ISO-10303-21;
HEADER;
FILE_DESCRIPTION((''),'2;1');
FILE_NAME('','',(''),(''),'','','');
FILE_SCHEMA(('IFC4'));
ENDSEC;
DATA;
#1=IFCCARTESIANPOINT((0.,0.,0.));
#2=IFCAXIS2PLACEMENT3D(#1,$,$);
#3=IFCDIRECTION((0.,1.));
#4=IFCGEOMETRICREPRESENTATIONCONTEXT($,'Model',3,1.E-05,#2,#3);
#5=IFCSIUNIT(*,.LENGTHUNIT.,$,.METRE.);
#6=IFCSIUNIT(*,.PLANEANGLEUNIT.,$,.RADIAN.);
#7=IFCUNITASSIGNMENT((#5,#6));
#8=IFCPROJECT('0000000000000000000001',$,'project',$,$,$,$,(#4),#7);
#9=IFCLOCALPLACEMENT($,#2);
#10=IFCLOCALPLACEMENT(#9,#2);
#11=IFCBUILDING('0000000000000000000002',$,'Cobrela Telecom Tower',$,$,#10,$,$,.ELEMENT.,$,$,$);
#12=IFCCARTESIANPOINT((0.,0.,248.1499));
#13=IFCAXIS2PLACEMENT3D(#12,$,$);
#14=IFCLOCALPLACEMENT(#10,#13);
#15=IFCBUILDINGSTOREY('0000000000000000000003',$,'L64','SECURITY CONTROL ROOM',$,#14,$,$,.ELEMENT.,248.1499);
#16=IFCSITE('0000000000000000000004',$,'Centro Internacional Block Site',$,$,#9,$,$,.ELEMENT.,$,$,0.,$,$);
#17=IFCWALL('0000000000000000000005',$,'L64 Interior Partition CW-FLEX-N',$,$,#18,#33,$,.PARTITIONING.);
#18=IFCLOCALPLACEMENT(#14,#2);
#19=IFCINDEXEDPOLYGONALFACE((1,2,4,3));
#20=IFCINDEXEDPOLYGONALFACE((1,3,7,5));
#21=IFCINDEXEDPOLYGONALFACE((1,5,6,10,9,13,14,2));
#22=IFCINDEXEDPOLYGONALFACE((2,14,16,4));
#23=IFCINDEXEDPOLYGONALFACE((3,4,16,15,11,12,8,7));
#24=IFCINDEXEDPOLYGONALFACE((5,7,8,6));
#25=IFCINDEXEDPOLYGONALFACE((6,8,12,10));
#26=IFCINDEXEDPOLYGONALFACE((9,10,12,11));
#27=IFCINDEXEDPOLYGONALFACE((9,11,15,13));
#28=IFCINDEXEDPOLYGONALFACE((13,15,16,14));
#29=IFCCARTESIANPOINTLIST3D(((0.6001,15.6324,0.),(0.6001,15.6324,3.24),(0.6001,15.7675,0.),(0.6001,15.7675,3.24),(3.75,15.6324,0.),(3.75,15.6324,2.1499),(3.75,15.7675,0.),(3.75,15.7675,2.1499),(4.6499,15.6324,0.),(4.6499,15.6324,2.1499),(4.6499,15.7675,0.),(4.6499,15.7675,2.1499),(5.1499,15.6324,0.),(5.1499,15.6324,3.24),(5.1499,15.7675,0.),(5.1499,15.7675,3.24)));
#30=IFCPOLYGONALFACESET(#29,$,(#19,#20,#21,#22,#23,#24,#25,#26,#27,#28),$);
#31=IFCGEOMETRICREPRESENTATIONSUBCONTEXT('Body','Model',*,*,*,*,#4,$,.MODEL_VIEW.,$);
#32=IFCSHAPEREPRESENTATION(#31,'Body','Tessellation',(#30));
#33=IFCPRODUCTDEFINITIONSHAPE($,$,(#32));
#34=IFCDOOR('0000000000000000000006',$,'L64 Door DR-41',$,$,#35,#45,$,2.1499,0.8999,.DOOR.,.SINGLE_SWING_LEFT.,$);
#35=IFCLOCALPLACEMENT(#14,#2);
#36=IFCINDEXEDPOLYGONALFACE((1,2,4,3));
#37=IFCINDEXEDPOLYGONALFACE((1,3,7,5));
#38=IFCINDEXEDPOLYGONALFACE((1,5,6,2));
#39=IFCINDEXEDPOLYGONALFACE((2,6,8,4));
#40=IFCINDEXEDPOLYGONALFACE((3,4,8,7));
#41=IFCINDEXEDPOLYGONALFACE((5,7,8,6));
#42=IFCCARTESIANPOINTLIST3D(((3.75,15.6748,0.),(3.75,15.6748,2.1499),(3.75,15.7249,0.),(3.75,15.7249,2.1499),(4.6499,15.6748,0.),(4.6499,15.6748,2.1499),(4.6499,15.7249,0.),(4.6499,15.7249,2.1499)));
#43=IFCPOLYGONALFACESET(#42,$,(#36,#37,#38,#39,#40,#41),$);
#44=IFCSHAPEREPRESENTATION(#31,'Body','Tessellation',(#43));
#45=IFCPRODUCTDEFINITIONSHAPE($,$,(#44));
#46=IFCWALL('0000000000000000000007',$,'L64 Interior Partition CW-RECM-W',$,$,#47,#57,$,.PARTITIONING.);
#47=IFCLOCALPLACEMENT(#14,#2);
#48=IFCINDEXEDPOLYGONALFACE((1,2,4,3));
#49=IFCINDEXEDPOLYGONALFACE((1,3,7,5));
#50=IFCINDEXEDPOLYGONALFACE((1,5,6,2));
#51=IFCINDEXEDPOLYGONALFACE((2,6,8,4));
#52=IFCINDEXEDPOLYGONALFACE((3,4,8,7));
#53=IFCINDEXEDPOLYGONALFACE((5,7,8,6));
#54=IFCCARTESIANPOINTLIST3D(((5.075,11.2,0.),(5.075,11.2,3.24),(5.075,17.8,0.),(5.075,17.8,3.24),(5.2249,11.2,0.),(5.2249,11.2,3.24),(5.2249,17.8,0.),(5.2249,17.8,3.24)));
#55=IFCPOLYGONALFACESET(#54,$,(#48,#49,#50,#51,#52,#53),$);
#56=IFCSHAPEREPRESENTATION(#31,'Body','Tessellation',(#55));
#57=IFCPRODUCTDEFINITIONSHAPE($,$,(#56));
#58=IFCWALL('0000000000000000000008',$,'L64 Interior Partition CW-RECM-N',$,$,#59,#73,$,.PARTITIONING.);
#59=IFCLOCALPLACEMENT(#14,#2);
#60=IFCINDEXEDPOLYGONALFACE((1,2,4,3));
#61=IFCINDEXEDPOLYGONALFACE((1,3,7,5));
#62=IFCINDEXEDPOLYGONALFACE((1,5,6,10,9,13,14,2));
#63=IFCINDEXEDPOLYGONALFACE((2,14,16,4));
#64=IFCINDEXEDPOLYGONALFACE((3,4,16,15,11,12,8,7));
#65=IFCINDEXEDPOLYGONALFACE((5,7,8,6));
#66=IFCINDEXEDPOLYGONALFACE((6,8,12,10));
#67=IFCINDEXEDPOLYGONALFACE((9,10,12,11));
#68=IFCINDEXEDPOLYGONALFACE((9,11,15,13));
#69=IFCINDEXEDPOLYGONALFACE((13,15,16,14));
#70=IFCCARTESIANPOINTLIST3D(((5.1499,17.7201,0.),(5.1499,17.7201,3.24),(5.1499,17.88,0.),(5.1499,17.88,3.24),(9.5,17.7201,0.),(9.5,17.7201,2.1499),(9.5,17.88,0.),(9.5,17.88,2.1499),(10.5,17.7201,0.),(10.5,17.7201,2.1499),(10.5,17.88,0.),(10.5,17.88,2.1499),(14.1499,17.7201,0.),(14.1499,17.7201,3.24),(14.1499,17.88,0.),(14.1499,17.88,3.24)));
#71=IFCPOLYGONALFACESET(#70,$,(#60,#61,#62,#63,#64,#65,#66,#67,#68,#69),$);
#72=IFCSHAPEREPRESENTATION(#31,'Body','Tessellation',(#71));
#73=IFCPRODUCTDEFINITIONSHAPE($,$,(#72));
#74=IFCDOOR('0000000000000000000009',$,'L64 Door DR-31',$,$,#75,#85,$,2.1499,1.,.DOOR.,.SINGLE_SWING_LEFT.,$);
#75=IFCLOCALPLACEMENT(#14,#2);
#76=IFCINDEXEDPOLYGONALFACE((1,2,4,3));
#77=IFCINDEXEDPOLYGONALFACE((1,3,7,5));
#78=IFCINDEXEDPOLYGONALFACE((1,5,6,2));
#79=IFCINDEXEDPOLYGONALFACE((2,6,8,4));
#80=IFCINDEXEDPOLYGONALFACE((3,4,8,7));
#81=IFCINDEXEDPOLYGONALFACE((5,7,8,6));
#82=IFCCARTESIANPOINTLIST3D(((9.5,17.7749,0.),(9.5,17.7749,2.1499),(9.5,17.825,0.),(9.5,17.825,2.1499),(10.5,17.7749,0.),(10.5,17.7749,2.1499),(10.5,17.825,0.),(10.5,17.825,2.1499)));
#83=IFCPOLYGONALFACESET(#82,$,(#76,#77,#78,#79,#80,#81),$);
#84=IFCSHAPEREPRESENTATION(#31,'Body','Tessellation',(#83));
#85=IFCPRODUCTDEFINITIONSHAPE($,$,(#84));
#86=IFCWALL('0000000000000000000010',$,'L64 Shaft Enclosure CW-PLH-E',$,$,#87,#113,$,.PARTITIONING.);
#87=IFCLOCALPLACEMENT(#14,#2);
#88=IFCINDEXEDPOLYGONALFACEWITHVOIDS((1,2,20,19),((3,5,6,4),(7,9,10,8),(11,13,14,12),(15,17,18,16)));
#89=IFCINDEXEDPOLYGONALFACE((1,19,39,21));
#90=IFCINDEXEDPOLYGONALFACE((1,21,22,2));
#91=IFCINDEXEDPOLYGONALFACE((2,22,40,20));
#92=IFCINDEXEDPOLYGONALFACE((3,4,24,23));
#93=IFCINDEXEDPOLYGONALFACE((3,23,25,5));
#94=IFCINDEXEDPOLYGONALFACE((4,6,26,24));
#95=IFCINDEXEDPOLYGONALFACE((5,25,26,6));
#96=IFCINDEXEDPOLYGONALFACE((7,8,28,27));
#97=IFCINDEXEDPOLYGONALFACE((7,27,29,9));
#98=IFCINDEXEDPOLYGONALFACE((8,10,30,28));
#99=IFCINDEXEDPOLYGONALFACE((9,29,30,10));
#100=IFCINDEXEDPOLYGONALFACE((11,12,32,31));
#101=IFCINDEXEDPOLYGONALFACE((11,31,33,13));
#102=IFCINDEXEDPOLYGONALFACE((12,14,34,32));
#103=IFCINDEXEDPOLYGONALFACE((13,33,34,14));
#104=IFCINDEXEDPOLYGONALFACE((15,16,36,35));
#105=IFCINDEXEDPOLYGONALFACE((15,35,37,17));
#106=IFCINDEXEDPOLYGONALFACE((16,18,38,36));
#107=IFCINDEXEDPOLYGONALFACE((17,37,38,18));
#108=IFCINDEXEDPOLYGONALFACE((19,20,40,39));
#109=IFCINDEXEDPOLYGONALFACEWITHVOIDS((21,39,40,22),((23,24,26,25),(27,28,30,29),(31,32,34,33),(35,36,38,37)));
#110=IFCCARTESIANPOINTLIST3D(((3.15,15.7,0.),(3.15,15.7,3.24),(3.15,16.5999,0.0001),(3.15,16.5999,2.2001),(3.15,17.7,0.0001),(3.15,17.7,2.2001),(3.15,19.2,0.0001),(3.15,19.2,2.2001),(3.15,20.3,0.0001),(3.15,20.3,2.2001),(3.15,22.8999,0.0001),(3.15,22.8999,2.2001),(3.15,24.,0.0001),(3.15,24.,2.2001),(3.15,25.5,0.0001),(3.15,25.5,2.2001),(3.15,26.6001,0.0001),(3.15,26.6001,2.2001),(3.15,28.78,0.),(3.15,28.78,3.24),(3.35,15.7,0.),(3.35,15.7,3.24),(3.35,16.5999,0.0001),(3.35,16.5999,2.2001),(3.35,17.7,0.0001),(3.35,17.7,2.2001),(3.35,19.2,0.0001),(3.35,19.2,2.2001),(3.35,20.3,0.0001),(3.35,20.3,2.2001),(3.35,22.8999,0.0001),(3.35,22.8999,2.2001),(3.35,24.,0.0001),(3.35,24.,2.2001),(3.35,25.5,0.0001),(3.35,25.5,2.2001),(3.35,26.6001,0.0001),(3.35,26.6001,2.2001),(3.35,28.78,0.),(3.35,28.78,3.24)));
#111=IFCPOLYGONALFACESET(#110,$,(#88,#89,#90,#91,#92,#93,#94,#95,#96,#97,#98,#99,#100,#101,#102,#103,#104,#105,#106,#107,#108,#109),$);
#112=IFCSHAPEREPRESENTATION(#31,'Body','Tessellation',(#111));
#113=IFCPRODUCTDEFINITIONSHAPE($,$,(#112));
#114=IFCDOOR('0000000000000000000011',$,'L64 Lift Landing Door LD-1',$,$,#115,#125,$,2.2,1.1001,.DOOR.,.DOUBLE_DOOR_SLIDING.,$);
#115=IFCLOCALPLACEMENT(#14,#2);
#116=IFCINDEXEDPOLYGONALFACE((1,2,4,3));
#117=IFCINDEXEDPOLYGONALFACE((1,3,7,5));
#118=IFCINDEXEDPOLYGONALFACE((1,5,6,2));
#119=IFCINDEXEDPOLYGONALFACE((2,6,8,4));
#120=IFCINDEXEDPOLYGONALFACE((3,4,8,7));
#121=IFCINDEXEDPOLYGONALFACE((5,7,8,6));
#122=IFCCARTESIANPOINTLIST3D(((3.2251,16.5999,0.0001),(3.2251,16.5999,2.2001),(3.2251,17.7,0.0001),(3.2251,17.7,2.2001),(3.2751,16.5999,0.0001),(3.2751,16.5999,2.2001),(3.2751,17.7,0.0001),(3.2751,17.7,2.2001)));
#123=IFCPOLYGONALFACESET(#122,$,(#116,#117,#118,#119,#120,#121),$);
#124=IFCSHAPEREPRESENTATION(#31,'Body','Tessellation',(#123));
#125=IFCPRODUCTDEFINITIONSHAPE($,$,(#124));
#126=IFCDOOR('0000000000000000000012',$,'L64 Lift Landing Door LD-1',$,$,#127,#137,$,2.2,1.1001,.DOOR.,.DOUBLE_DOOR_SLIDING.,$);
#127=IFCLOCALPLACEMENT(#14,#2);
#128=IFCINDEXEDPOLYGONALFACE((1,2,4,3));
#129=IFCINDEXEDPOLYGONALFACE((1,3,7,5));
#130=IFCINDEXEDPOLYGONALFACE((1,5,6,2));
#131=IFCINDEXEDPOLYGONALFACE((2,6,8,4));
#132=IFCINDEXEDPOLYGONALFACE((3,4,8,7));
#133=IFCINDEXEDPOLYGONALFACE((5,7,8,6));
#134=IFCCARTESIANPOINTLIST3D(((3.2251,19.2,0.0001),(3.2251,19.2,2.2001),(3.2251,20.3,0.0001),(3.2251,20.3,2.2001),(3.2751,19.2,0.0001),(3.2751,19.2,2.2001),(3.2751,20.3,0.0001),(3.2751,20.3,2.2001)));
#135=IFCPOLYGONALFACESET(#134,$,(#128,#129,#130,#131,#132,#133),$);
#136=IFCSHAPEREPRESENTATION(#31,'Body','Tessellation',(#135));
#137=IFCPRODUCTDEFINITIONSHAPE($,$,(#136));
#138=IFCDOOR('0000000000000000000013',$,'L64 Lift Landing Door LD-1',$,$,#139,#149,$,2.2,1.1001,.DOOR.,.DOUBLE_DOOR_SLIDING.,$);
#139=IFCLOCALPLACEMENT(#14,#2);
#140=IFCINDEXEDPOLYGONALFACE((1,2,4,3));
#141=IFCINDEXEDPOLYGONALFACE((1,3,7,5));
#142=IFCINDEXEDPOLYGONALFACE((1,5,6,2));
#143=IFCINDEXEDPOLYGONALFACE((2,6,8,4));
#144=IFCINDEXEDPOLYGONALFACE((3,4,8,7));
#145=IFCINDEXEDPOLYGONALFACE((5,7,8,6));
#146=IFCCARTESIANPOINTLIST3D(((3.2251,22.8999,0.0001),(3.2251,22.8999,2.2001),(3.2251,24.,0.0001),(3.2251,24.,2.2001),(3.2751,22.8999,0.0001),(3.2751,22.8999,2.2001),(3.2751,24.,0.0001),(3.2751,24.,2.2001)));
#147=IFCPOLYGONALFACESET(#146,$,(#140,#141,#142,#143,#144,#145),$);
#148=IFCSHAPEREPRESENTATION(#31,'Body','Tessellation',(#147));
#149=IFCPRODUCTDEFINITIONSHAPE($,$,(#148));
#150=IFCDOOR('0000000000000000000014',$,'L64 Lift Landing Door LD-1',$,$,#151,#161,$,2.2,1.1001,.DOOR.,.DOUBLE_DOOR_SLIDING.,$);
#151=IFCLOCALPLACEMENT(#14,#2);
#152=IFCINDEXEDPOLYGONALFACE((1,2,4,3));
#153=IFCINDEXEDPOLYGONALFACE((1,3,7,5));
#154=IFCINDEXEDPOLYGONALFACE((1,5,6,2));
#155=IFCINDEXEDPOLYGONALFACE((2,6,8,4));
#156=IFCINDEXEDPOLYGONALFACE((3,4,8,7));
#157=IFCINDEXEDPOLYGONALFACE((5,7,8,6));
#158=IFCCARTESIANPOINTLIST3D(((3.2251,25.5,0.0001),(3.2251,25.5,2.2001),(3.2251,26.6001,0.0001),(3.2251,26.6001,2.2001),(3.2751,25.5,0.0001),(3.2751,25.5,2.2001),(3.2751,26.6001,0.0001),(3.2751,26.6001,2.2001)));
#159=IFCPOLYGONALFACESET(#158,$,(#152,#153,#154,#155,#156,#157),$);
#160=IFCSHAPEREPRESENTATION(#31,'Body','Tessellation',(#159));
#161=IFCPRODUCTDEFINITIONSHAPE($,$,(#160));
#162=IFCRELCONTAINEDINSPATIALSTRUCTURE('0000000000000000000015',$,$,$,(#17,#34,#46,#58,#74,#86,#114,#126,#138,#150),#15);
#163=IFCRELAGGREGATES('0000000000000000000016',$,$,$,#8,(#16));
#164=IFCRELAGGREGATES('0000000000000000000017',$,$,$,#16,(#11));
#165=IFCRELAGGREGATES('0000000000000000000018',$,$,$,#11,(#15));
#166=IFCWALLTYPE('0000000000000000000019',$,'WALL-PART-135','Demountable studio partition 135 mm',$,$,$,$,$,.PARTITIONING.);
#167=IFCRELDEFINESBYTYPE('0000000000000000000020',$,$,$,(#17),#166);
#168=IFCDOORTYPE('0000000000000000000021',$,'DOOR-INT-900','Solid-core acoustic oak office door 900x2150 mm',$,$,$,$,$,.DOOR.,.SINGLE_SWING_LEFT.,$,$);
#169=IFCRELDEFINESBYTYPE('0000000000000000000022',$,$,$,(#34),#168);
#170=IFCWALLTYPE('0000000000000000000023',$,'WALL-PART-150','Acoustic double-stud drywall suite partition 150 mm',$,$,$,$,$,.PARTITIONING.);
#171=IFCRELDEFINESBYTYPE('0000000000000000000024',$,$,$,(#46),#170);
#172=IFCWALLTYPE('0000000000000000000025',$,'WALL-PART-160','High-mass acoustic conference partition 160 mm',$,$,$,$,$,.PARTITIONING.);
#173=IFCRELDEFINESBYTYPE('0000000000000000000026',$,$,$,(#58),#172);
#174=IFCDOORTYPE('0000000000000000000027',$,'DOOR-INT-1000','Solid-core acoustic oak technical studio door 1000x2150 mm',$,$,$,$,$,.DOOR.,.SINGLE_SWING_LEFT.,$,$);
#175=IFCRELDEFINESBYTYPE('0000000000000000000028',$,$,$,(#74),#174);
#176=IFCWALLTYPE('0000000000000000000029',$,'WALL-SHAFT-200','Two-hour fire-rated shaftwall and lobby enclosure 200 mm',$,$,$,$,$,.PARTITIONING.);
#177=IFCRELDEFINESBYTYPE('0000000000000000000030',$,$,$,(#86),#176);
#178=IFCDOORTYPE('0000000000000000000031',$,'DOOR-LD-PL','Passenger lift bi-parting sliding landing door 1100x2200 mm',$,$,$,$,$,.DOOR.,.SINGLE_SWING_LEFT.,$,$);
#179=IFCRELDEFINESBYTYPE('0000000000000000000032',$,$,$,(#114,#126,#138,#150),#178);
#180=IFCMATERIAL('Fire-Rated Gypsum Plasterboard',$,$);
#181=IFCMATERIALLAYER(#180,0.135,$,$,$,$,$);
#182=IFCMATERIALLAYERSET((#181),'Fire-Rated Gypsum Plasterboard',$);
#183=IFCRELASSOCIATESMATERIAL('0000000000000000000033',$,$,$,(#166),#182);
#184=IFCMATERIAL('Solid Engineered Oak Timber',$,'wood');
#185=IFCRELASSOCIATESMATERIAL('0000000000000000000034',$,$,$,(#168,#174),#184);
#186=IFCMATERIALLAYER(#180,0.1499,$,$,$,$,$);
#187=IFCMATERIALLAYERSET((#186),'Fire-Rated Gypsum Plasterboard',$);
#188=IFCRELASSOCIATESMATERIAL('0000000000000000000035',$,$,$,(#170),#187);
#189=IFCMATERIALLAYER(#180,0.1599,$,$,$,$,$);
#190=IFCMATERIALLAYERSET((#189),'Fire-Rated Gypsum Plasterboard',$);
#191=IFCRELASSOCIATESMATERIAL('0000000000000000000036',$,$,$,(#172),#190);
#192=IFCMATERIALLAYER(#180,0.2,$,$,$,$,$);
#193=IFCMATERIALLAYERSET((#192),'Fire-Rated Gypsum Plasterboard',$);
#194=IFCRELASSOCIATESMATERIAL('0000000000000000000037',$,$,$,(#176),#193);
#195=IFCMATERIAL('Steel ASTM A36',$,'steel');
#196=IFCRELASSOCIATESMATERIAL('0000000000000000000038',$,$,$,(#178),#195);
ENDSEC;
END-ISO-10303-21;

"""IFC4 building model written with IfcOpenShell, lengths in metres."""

from ifc_helpers import new_model, si_unit, direction, frame, frame_2d, origin, place, context, subcontext, project, spatial, rectangle, extrude, material, layer, layer_set, type_object, element, fill, save


model = new_model("IFC4")

# Units and contexts
model_context = context("Model", 3, precision=1e-05, world=origin(), true_north=direction((0.0, 1.0)))
body_context = subcontext(model_context, "Body", "Model", "MODEL_VIEW")
ifc_project = project(units=[si_unit("LENGTHUNIT", "METRE"), si_unit("PLANEANGLEUNIT", "RADIAN")], contexts=[model_context])

# Site, building, storey
site_placement = place(None, origin())
site = spatial("IfcSite", under=ifc_project, at=site_placement, Name="Centro Internacional Block Site", CompositionType="ELEMENT", RefElevation=0.0)
building_placement = place(site_placement, origin())
building = spatial("IfcBuilding", under=site, at=building_placement, Name="Cobrela Telecom Tower", CompositionType="ELEMENT")
storey_placement = place(building_placement, frame((0.0, 0.0, 248.1499)))
storey = spatial("IfcBuildingStorey", under=building, at=storey_placement, Name="L64", Description="SECURITY CONTROL ROOM", CompositionType="ELEMENT", Elevation=248.1499)

# Wall, opening, door
ifc_material_1 = material(Name="Fire-Rated Gypsum Plasterboard")
ifc_layer_1 = layer(ifc_material_1, 0.135)
ifc_layer_set_1 = layer_set([ifc_layer_1], Name="Fire-Rated Gypsum Plasterboard")
wall_type_1 = type_object("IfcWallType", Name="WALL-PART-135", Description="Demountable studio partition 135 mm", PredefinedType="PARTITIONING", material=ifc_layer_set_1)
wall_1_placement = place(storey_placement, frame((0.6001, 15.7, 0.0), z_axis=(0.0, 0.0, 1.0), x_axis=(1.0, 0.0, 0.0)))
wall_1 = element("IfcWall", 1, at=wall_1_placement, inside=storey, type_object=wall_type_1, Name="L64 Interior Partition CW-FLEX-N", PredefinedType="PARTITIONING", context=body_context, shape_type="SweptSolid", body=[
    extrude(rectangle(XDim=4.5498, YDim=0.135, at=frame_2d((2.2749, 0.0))), origin(), (0.0, 0.0, 1.0), 3.24),
])
opening_1_placement = place(wall_1_placement, frame((3.1499, 0.0, 0.0)))
opening_1 = element("IfcOpeningElement", 2, at=opening_1_placement, cuts=wall_1, PredefinedType="OPENING", context=body_context, shape_type="SweptSolid", body=[
    extrude(rectangle(XDim=0.8999, YDim=2.1499, at=frame_2d((0.45, 1.075))), frame((0.0, 0.0796, 0.0), z_axis=(0.0, -1.0, 0.0), x_axis=(1.0, 0.0, 0.0)), (0.0, 0.0, 1.0), 0.1589),
])
ifc_material_2 = material(Name="Solid Engineered Oak Timber", Category="wood")
door_type_1 = type_object("IfcDoorType", Name="DOOR-INT-900", Description="Solid-core acoustic oak office door 900x2150 mm", OperationType="SINGLE_SWING_LEFT", PredefinedType="DOOR", material=ifc_material_2)
door_1_placement = place(opening_1_placement, origin())
door_1 = element("IfcDoor", 3, at=door_1_placement, inside=storey, type_object=door_type_1, Name="L64 Door DR-41", OperationType="SINGLE_SWING_LEFT", OverallHeight=2.1499, OverallWidth=0.8999, PredefinedType="DOOR", context=body_context, shape_type="SweptSolid", body=[
    extrude(rectangle(XDim=0.8999, YDim=2.1499, at=frame_2d((0.45, 1.075))), frame((0.0, 0.0249, 0.0), z_axis=(0.0, -1.0, 0.0), x_axis=(1.0, 0.0, 0.0)), (0.0, 0.0, 1.0), 0.05),
])
fill(opening_1, door_1)

# Wall
ifc_layer_2 = layer(ifc_material_1, 0.1499)
ifc_layer_set_2 = layer_set([ifc_layer_2], Name="Fire-Rated Gypsum Plasterboard")
wall_type_2 = type_object("IfcWallType", Name="WALL-PART-150", Description="Acoustic double-stud drywall suite partition 150 mm", PredefinedType="PARTITIONING", material=ifc_layer_set_2)
wall_2_placement = place(storey_placement, frame((5.1499, 11.2, 0.0), z_axis=(0.0, 0.0, 1.0), x_axis=(0.0, 1.0, 0.0)))
element("IfcWall", 4, at=wall_2_placement, inside=storey, type_object=wall_type_2, Name="L64 Interior Partition CW-RECM-W", PredefinedType="PARTITIONING", context=body_context, shape_type="SweptSolid", body=[
    extrude(rectangle(XDim=6.6001, YDim=0.1499, at=frame_2d((3.3, 0.0))), origin(), (0.0, 0.0, 1.0), 3.24),
])

# Wall, opening, door
ifc_layer_3 = layer(ifc_material_1, 0.1599)
ifc_layer_set_3 = layer_set([ifc_layer_3], Name="Fire-Rated Gypsum Plasterboard")
wall_type_3 = type_object("IfcWallType", Name="WALL-PART-160", Description="High-mass acoustic conference partition 160 mm", PredefinedType="PARTITIONING", material=ifc_layer_set_3)
wall_3_placement = place(storey_placement, frame((5.1499, 17.8, 0.0), z_axis=(0.0, 0.0, 1.0), x_axis=(1.0, 0.0, 0.0)))
wall_3 = element("IfcWall", 5, at=wall_3_placement, inside=storey, type_object=wall_type_3, Name="L64 Interior Partition CW-RECM-N", PredefinedType="PARTITIONING", context=body_context, shape_type="SweptSolid", body=[
    extrude(rectangle(XDim=9.0, YDim=0.1599, at=frame_2d((4.5, 0.0))), origin(), (0.0, 0.0, 1.0), 3.24),
])
opening_2_placement = place(wall_3_placement, frame((4.3501, 0.0, 0.0)))
opening_2 = element("IfcOpeningElement", 6, at=opening_2_placement, cuts=wall_3, PredefinedType="OPENING", context=body_context, shape_type="SweptSolid", body=[
    extrude(rectangle(XDim=1.0, YDim=2.1499, at=frame_2d((0.5, 1.075))), frame((0.0, 0.0918, 0.0), z_axis=(0.0, -1.0, 0.0), x_axis=(1.0, 0.0, 0.0)), (0.0, 0.0, 1.0), 0.1838),
])
door_type_2 = type_object("IfcDoorType", Name="DOOR-INT-1000", Description="Solid-core acoustic oak technical studio door 1000x2150 mm", OperationType="SINGLE_SWING_LEFT", PredefinedType="DOOR", material=ifc_material_2)
door_2_placement = place(opening_2_placement, origin())
door_2 = element("IfcDoor", 7, at=door_2_placement, inside=storey, type_object=door_type_2, Name="L64 Door DR-31", OperationType="SINGLE_SWING_LEFT", OverallHeight=2.1499, OverallWidth=1.0, PredefinedType="DOOR", context=body_context, shape_type="SweptSolid", body=[
    extrude(rectangle(XDim=1.0, YDim=2.1499, at=frame_2d((0.5, 1.075))), frame((0.0, 0.0249, 0.0), z_axis=(0.0, -1.0, 0.0), x_axis=(1.0, 0.0, 0.0)), (0.0, 0.0, 1.0), 0.05),
])
fill(opening_2, door_2)

# Wall, openings, doors
ifc_layer_4 = layer(ifc_material_1, 0.2)
ifc_layer_set_4 = layer_set([ifc_layer_4], Name="Fire-Rated Gypsum Plasterboard")
wall_type_4 = type_object("IfcWallType", Name="WALL-SHAFT-200", Description="Two-hour fire-rated shaftwall and lobby enclosure 200 mm", PredefinedType="PARTITIONING", material=ifc_layer_set_4)
wall_4_placement = place(storey_placement, frame((3.25, 15.7, 0.0), z_axis=(0.0, 0.0, 1.0), x_axis=(0.0, 1.0, 0.0)))
wall_4 = element("IfcWall", 8, at=wall_4_placement, inside=storey, type_object=wall_type_4, Name="L64 Shaft Enclosure CW-PLH-E", PredefinedType="PARTITIONING", context=body_context, shape_type="SweptSolid", body=[
    extrude(rectangle(XDim=13.0801, YDim=0.2, at=frame_2d((6.54, 0.0))), origin(), (0.0, 0.0, 1.0), 3.24),
])
opening_3_placement = place(wall_4_placement, frame((0.8999, 0.0, 0.0)))
opening_3 = element("IfcOpeningElement", 9, at=opening_3_placement, cuts=wall_4, PredefinedType="OPENING", context=body_context, shape_type="SweptSolid", body=[
    extrude(rectangle(XDim=1.1001, YDim=2.2, at=frame_2d((0.55, 1.1001))), frame((0.0, 0.1118, 0.0), z_axis=(0.0, -1.0, 0.0), x_axis=(1.0, 0.0, 0.0)), (0.0, 0.0, 1.0), 0.2239),
])
opening_4_placement = place(wall_4_placement, frame((3.5, 0.0, 0.0)))
opening_4 = element("IfcOpeningElement", 10, at=opening_4_placement, cuts=wall_4, PredefinedType="OPENING", context=body_context, shape_type="SweptSolid", body=[
    extrude(rectangle(XDim=1.1001, YDim=2.2, at=frame_2d((0.55, 1.1001))), frame((0.0, 0.1118, 0.0), z_axis=(0.0, -1.0, 0.0), x_axis=(1.0, 0.0, 0.0)), (0.0, 0.0, 1.0), 0.2239),
])
opening_5_placement = place(wall_4_placement, frame((7.2, 0.0, 0.0)))
opening_5 = element("IfcOpeningElement", 11, at=opening_5_placement, cuts=wall_4, PredefinedType="OPENING", context=body_context, shape_type="SweptSolid", body=[
    extrude(rectangle(XDim=1.1001, YDim=2.2, at=frame_2d((0.55, 1.1001))), frame((0.0, 0.1118, 0.0), z_axis=(0.0, -1.0, 0.0), x_axis=(1.0, 0.0, 0.0)), (0.0, 0.0, 1.0), 0.2239),
])
opening_6_placement = place(wall_4_placement, frame((9.8, 0.0, 0.0)))
opening_6 = element("IfcOpeningElement", 12, at=opening_6_placement, cuts=wall_4, PredefinedType="OPENING", context=body_context, shape_type="SweptSolid", body=[
    extrude(rectangle(XDim=1.1001, YDim=2.2, at=frame_2d((0.55, 1.1001))), frame((0.0, 0.1118, 0.0), z_axis=(0.0, -1.0, 0.0), x_axis=(1.0, 0.0, 0.0)), (0.0, 0.0, 1.0), 0.2239),
])
ifc_material_3 = material(Name="Steel ASTM A36", Category="steel")
door_type_3 = type_object("IfcDoorType", Name="DOOR-LD-PL", Description="Passenger lift bi-parting sliding landing door 1100x2200 mm", OperationType="SINGLE_SWING_LEFT", PredefinedType="DOOR", material=ifc_material_3)
door_3_placement = place(opening_3_placement, origin())
door_3 = element("IfcDoor", 13, at=door_3_placement, inside=storey, type_object=door_type_3, Name="L64 Lift Landing Door LD-1", OperationType="DOUBLE_DOOR_SLIDING", OverallHeight=2.2, OverallWidth=1.1001, PredefinedType="DOOR", context=body_context, shape_type="SweptSolid", body=[
    extrude(rectangle(XDim=1.1001, YDim=2.2, at=frame_2d((0.55, 1.1001))), frame((0.0, 0.0249, 0.0), z_axis=(0.0, -1.0, 0.0), x_axis=(1.0, 0.0, 0.0)), (0.0, 0.0, 1.0), 0.05),
])
fill(opening_3, door_3)
door_4_placement = place(opening_4_placement, origin())
door_4 = element("IfcDoor", 14, at=door_4_placement, inside=storey, type_object=door_type_3, Name="L64 Lift Landing Door LD-1", OperationType="DOUBLE_DOOR_SLIDING", OverallHeight=2.2, OverallWidth=1.1001, PredefinedType="DOOR", context=body_context, shape_type="SweptSolid", body=[
    extrude(rectangle(XDim=1.1001, YDim=2.2, at=frame_2d((0.55, 1.1001))), frame((0.0, 0.0249, 0.0), z_axis=(0.0, -1.0, 0.0), x_axis=(1.0, 0.0, 0.0)), (0.0, 0.0, 1.0), 0.05),
])
fill(opening_4, door_4)
door_5_placement = place(opening_5_placement, origin())
door_5 = element("IfcDoor", 15, at=door_5_placement, inside=storey, type_object=door_type_3, Name="L64 Lift Landing Door LD-1", OperationType="DOUBLE_DOOR_SLIDING", OverallHeight=2.2, OverallWidth=1.1001, PredefinedType="DOOR", context=body_context, shape_type="SweptSolid", body=[
    extrude(rectangle(XDim=1.1001, YDim=2.2, at=frame_2d((0.55, 1.1001))), frame((0.0, 0.0249, 0.0), z_axis=(0.0, -1.0, 0.0), x_axis=(1.0, 0.0, 0.0)), (0.0, 0.0, 1.0), 0.05),
])
fill(opening_5, door_5)
door_6_placement = place(opening_6_placement, origin())
door_6 = element("IfcDoor", 16, at=door_6_placement, inside=storey, type_object=door_type_3, Name="L64 Lift Landing Door LD-1", OperationType="DOUBLE_DOOR_SLIDING", OverallHeight=2.2, OverallWidth=1.1001, PredefinedType="DOOR", context=body_context, shape_type="SweptSolid", body=[
    extrude(rectangle(XDim=1.1001, YDim=2.2, at=frame_2d((0.55, 1.1001))), frame((0.0, 0.0249, 0.0), z_axis=(0.0, -1.0, 0.0), x_axis=(1.0, 0.0, 0.0)), (0.0, 0.0, 1.0), 0.05),
])
fill(opening_6, door_6)

save(model, "model.ifc")
